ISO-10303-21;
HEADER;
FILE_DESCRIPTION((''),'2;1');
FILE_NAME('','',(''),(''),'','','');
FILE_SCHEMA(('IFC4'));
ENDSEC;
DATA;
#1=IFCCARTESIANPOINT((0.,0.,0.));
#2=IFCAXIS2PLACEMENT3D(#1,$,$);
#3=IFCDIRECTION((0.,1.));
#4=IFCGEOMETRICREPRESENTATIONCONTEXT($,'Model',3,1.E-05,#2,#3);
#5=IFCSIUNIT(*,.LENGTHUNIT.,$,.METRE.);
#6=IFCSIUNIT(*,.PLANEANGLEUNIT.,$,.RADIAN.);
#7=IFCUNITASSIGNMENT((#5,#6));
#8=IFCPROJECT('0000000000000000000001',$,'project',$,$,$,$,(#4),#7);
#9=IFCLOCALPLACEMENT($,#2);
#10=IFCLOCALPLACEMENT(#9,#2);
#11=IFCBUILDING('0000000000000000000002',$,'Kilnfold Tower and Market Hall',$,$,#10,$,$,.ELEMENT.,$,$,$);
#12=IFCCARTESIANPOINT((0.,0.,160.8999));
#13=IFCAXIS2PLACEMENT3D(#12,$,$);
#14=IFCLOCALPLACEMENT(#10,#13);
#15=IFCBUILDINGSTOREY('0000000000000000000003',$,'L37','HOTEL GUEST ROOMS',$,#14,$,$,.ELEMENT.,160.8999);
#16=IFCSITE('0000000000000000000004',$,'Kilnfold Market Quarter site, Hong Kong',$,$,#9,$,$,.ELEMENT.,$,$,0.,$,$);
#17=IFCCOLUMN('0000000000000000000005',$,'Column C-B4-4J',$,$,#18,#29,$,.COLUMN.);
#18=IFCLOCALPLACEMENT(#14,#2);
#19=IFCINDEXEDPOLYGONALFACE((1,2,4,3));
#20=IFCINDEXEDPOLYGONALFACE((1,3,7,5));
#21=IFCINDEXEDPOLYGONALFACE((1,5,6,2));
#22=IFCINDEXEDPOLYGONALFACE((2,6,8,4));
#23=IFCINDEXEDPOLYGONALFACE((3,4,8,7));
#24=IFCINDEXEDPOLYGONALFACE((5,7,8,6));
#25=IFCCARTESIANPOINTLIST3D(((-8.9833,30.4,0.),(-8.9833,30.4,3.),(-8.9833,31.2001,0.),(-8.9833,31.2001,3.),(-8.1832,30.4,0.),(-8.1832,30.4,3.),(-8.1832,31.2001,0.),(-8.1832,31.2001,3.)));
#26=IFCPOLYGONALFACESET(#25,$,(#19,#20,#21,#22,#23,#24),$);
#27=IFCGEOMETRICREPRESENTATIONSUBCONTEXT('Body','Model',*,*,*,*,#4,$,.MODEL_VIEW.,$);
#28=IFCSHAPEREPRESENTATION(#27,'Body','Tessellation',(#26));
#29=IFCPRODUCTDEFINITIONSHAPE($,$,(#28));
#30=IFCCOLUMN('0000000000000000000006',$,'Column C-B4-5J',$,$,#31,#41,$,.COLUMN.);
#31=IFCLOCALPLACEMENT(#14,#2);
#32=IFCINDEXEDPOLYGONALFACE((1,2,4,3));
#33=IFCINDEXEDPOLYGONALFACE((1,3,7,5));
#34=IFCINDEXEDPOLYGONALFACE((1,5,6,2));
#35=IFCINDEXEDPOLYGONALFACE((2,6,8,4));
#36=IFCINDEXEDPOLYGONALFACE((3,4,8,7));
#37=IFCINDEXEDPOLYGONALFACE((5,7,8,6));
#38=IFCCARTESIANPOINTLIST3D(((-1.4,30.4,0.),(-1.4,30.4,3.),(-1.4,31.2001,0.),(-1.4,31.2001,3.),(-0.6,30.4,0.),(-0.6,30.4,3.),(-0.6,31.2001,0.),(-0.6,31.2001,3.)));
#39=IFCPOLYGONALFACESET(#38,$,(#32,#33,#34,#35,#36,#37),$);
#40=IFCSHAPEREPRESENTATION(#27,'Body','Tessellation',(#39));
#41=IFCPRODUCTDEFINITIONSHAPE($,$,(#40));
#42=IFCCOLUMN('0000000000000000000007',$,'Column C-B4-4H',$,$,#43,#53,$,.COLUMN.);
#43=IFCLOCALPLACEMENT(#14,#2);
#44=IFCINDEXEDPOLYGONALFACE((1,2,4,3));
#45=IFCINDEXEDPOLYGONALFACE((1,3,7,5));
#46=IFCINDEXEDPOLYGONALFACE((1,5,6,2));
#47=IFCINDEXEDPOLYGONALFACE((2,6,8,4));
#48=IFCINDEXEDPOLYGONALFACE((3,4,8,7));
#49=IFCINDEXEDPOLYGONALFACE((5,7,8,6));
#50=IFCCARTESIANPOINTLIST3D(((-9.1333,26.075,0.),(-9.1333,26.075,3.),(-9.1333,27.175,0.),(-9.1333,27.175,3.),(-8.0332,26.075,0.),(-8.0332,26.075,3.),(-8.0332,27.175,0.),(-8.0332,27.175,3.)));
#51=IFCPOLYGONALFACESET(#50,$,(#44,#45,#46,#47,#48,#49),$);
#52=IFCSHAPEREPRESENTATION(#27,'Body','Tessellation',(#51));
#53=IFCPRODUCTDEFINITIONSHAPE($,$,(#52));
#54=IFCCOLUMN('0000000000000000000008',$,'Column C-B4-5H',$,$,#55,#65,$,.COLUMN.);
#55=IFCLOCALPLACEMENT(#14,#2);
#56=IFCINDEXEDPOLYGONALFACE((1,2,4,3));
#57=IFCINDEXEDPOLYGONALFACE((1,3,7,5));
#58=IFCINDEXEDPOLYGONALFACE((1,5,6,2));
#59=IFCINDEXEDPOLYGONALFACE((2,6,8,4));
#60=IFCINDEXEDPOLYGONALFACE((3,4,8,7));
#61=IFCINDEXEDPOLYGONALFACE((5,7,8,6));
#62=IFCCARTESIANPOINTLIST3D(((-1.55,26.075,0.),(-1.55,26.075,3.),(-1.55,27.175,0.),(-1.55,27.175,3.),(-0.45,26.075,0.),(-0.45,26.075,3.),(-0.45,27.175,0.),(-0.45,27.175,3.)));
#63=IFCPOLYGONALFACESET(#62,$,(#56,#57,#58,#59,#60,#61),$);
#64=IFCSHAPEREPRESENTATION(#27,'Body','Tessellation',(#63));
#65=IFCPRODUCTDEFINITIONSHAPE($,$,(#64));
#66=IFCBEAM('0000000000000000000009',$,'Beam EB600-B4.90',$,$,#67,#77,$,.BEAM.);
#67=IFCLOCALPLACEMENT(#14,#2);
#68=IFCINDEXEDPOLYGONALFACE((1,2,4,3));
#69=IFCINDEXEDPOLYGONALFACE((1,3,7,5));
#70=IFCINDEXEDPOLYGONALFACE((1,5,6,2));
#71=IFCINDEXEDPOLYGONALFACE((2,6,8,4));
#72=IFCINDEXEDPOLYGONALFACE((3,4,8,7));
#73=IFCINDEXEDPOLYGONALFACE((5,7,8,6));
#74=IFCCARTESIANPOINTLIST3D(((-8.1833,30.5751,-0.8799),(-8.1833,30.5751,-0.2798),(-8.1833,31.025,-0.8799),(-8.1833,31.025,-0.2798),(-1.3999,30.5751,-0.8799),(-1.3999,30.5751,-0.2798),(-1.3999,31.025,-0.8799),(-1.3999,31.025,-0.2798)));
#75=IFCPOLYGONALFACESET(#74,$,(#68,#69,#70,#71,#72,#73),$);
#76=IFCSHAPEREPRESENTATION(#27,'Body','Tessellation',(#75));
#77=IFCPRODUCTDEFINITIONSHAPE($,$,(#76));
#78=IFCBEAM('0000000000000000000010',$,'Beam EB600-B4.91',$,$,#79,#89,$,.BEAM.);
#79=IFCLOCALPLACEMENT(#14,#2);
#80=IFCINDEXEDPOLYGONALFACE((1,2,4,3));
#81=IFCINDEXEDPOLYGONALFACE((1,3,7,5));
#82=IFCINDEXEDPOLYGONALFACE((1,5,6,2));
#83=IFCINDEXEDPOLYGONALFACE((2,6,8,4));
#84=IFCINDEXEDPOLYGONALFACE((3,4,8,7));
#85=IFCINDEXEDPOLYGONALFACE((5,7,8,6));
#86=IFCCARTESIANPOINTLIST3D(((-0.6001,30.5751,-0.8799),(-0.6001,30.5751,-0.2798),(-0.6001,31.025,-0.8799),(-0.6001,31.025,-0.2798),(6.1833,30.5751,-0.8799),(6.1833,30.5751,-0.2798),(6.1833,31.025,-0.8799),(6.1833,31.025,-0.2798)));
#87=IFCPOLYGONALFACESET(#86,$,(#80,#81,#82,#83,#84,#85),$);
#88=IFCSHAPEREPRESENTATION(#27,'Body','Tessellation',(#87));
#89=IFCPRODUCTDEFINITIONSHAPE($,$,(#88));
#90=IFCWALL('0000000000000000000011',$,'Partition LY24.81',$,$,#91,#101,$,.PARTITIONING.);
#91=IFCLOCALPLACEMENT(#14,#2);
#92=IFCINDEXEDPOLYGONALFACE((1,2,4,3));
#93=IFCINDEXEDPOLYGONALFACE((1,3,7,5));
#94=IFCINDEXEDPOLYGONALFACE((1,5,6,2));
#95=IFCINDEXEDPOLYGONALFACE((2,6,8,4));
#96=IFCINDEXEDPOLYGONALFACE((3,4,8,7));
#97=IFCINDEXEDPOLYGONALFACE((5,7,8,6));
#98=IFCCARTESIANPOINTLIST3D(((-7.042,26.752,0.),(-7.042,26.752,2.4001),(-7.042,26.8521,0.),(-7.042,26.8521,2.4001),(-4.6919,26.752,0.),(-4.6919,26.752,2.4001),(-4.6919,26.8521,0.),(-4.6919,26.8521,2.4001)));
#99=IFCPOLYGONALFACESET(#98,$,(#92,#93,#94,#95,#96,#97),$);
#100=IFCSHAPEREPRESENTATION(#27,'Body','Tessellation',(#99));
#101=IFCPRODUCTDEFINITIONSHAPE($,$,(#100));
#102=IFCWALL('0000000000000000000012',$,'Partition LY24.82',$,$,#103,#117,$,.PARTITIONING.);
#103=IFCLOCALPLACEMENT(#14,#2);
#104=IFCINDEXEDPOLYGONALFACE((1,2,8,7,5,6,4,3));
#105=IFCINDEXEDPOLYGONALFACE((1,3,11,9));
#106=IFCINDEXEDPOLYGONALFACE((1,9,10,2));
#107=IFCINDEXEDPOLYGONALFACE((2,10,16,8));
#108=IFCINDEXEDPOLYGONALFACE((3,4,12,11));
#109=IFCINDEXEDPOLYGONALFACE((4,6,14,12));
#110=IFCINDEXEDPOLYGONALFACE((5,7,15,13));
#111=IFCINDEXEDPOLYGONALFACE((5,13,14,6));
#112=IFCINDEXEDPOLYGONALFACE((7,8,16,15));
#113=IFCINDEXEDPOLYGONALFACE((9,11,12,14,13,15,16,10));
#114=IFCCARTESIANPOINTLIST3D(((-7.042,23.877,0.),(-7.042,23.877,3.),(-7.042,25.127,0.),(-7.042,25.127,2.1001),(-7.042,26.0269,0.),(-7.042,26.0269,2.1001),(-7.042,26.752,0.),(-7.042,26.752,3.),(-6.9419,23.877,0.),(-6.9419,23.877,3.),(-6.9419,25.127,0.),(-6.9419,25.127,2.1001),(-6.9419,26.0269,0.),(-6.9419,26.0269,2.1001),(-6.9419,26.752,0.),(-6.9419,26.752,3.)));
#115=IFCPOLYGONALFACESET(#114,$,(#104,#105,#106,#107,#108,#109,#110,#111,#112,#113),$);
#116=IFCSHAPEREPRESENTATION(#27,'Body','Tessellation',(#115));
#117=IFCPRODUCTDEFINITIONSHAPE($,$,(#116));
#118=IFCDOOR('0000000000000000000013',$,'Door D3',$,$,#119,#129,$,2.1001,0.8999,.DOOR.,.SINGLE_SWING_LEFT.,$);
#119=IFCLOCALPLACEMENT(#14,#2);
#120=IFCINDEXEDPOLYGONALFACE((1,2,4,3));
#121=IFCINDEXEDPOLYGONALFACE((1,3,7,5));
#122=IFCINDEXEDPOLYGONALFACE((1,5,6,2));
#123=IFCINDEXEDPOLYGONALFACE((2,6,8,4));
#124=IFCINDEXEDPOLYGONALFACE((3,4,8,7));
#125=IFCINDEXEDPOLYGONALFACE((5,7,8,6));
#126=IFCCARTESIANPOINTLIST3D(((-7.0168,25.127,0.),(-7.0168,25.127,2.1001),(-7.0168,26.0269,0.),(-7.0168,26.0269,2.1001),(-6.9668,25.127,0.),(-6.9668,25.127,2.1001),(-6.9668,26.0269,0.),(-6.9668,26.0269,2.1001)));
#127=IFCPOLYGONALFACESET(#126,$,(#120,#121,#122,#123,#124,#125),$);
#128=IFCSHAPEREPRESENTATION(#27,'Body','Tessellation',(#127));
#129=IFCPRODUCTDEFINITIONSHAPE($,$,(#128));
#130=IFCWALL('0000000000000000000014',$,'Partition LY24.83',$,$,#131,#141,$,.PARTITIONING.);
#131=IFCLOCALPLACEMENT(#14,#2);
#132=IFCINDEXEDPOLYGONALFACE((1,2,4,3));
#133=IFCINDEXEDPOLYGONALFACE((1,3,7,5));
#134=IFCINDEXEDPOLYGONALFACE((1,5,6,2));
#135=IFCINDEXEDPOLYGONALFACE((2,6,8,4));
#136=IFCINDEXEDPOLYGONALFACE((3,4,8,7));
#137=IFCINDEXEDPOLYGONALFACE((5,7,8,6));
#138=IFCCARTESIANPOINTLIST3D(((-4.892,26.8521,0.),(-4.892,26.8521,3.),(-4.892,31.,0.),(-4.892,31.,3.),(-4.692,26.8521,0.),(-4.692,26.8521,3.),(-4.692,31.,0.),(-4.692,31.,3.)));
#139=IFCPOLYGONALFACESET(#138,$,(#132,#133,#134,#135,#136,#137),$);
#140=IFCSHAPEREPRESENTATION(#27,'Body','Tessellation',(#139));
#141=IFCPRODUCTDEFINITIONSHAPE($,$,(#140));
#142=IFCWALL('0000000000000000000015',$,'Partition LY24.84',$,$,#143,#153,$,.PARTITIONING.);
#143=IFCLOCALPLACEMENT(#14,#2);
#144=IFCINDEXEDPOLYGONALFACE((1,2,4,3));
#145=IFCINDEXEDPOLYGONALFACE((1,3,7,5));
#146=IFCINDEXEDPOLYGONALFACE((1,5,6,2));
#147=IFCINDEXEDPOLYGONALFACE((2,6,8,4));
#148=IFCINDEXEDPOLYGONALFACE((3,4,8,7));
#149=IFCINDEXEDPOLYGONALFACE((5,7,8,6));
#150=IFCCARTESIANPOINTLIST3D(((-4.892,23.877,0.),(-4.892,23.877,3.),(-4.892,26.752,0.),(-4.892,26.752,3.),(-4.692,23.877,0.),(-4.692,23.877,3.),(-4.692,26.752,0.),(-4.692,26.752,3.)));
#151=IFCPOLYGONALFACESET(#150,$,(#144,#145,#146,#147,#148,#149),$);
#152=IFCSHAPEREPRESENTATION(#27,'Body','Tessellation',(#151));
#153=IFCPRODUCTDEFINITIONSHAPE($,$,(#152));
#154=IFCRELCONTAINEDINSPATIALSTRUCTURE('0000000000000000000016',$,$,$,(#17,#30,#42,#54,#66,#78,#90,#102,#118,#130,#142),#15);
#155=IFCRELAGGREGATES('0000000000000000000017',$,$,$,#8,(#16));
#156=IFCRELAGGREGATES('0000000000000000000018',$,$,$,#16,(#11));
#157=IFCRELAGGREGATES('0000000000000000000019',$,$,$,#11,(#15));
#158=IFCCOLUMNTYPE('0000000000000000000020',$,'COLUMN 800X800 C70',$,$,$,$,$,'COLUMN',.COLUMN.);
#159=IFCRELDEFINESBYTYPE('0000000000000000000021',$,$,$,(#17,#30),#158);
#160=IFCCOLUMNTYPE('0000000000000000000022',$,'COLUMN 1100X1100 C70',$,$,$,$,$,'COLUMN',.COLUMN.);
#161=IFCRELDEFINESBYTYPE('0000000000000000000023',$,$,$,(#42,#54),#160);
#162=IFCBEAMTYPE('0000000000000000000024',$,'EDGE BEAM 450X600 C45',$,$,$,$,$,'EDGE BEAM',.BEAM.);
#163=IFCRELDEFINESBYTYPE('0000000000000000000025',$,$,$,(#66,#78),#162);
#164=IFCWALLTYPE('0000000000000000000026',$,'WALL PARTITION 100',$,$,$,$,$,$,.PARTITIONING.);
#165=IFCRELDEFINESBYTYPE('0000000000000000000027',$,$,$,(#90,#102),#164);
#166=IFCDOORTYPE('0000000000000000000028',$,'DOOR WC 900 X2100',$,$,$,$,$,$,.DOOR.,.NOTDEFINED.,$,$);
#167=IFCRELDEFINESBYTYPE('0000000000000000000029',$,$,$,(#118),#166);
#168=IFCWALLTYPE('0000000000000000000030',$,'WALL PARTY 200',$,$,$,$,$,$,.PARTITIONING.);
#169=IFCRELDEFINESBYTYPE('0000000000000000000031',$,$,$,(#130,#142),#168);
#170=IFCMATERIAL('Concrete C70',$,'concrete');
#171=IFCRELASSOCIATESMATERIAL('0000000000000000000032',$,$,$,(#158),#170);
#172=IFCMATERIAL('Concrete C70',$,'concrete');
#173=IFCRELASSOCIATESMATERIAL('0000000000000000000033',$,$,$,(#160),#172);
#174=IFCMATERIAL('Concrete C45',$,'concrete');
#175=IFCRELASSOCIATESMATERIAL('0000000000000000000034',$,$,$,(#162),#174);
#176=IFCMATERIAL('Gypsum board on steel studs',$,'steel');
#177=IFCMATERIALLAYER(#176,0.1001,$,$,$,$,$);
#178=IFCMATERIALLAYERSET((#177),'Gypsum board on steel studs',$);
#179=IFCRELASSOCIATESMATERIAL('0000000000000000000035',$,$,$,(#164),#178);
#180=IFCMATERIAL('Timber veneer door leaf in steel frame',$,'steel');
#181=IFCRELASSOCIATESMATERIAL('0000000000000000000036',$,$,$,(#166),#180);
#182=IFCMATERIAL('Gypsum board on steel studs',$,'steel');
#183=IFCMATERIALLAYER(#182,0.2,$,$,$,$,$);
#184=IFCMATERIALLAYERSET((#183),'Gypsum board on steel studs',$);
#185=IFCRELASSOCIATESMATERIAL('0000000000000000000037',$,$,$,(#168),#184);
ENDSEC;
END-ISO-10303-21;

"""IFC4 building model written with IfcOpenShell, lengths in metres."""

from ifc_helpers import new_model, si_unit, direction, frame, frame_2d, origin, origin_2d, place, context, subcontext, project, spatial, rectangle, extrude, source, transform, mapped, material, layer, layer_set, material_profile, profile_set, type_object, element, fill, save


model = new_model("IFC4")

# Units and contexts
model_context = context("Model", 3, precision=1e-05, world=origin(), true_north=direction((0.0, 1.0)))
body_context = subcontext(model_context, "Body", "Model", "MODEL_VIEW")
ifc_project = project(units=[si_unit("LENGTHUNIT", "METRE"), si_unit("PLANEANGLEUNIT", "RADIAN")], contexts=[model_context])

# Site, building, storey
site_placement = place(None, origin())
site = spatial("IfcSite", under=ifc_project, at=site_placement, Name="Kilnfold Market Quarter site, Hong Kong", CompositionType="ELEMENT", RefElevation=0.0)
building_placement = place(site_placement, origin())
building = spatial("IfcBuilding", under=site, at=building_placement, Name="Kilnfold Tower and Market Hall", CompositionType="ELEMENT")
storey_placement = place(building_placement, frame((0.0, 0.0, 160.8999)))
storey = spatial("IfcBuildingStorey", under=building, at=storey_placement, Name="L37", Description="HOTEL GUEST ROOMS", CompositionType="ELEMENT", Elevation=160.8999)

# Columns
ifc_material_1 = material(Name="Concrete C70", Category="concrete")
ifc_material_profile_1 = material_profile(ifc_material_1, rectangle(XDim=0.8, YDim=0.8, at=origin_2d()), Name="RC 800x800")
ifc_profile_set_1 = profile_set([ifc_material_profile_1], Name="Concrete C70")
column_type_1 = type_object("IfcColumnType", Name="COLUMN 800X800 C70", ElementType="COLUMN", PredefinedType="COLUMN", material=ifc_profile_set_1)
shared_shape_1 = source(origin(), body_context, "Body", "SweptSolid", [
    extrude(rectangle(XDim=0.8, YDim=0.8, at=origin_2d()), origin(), (0.0, 0.0, 1.0), 3.0),
])
for number, where, z_axis, x_axis, name in (
    (1, (-8.5833, 30.8, 0.0), (0.0, 0.0, 1.0), (1.0, 0.0, 0.0), "Column C-B4-4J"),
    (2, (-1.0, 30.8, 0.0), (0.0, 0.0, 1.0), (1.0, 0.0, 0.0), "Column C-B4-5J"),
):
    element("IfcColumn", number, at=place(storey_placement, frame(where, z_axis=z_axis, x_axis=x_axis)), inside=storey, type_object=column_type_1, Name=name, PredefinedType="COLUMN", context=body_context, shape_type="MappedRepresentation", body=[
        mapped(shared_shape_1, transform((0.0, 0.0, 0.0))),
    ])
ifc_material_2 = material(Name="Concrete C70", Category="concrete")
ifc_material_profile_2 = material_profile(ifc_material_2, rectangle(XDim=1.1001, YDim=1.1001, at=origin_2d()), Name="RC 1100x1100")
ifc_profile_set_2 = profile_set([ifc_material_profile_2], Name="Concrete C70")
column_type_2 = type_object("IfcColumnType", Name="COLUMN 1100X1100 C70", ElementType="COLUMN", PredefinedType="COLUMN", material=ifc_profile_set_2)
shared_shape_2 = source(origin(), body_context, "Body", "SweptSolid", [
    extrude(rectangle(XDim=1.1001, YDim=1.1001, at=origin_2d()), origin(), (0.0, 0.0, 1.0), 3.0),
])
for number, where, z_axis, x_axis, name in (
    (3, (-8.5833, 26.625, 0.0), (0.0, 0.0, 1.0), (1.0, 0.0, 0.0), "Column C-B4-4H"),
    (4, (-1.0, 26.625, 0.0), (0.0, 0.0, 1.0), (1.0, 0.0, 0.0), "Column C-B4-5H"),
):
    element("IfcColumn", number, at=place(storey_placement, frame(where, z_axis=z_axis, x_axis=x_axis)), inside=storey, type_object=column_type_2, Name=name, PredefinedType="COLUMN", context=body_context, shape_type="MappedRepresentation", body=[
        mapped(shared_shape_2, transform((0.0, 0.0, 0.0))),
    ])

# Beams
ifc_material_3 = material(Name="Concrete C45", Category="concrete")
ifc_material_profile_3 = material_profile(ifc_material_3, rectangle(XDim=0.45, YDim=0.6001, at=origin_2d()), Name="RC 450x600")
ifc_profile_set_3 = profile_set([ifc_material_profile_3], Name="Concrete C45")
beam_type = type_object("IfcBeamType", Name="EDGE BEAM 450X600 C45", ElementType="EDGE BEAM", PredefinedType="BEAM", material=ifc_profile_set_3)
shared_shape_3 = source(origin(), body_context, "Body", "SweptSolid", [
    extrude(rectangle(XDim=0.45, YDim=0.6001, at=origin_2d()), origin(), (0.0, 0.0, 1.0), 6.7834),
])
for number, where, z_axis, x_axis, name in (
    (5, (-8.1833, 30.8, -0.5798), (1.0, 0.0, 0.0), (0.0, 1.0, 0.0), "Beam EB600-B4.90"),
    (6, (-0.6001, 30.8, -0.5798), (1.0, 0.0, 0.0), (0.0, 1.0, 0.0), "Beam EB600-B4.91"),
):
    element("IfcBeam", number, at=place(storey_placement, frame(where, z_axis=z_axis, x_axis=x_axis)), inside=storey, type_object=beam_type, Name=name, PredefinedType="BEAM", context=body_context, shape_type="MappedRepresentation", body=[
        mapped(shared_shape_3, transform((0.0, 0.0, 0.0))),
    ])

# Wall
ifc_material_4 = material(Name="Gypsum board on steel studs", Category="steel")
ifc_layer_1 = layer(ifc_material_4, 0.1001)
ifc_layer_set_1 = layer_set([ifc_layer_1], Name="Gypsum board on steel studs")
wall_type_1 = type_object("IfcWallType", Name="WALL PARTITION 100", PredefinedType="PARTITIONING", material=ifc_layer_set_1)
wall_1_placement = place(storey_placement, frame((-7.042, 26.802, 0.0), z_axis=(0.0, 0.0, 1.0), x_axis=(1.0, 0.0, 0.0)))
element("IfcWall", 7, at=wall_1_placement, inside=storey, type_object=wall_type_1, Name="Partition LY24.81", PredefinedType="PARTITIONING", context=body_context, shape_type="SweptSolid", body=[
    extrude(rectangle(XDim=2.3501, YDim=0.1001, at=frame_2d((1.175, 0.0))), origin(), (0.0, 0.0, 1.0), 2.4001),
])

# Wall, opening, door
wall_2_placement = place(storey_placement, frame((-6.9919, 23.877, 0.0), z_axis=(0.0, 0.0, 1.0), x_axis=(0.0, 1.0, 0.0)))
wall_2 = element("IfcWall", 8, at=wall_2_placement, inside=storey, type_object=wall_type_1, Name="Partition LY24.82", PredefinedType="PARTITIONING", context=body_context, shape_type="SweptSolid", body=[
    extrude(rectangle(XDim=2.875, YDim=0.1001, at=frame_2d((1.4375, 0.0))), origin(), (0.0, 0.0, 1.0), 3.0),
])
opening_1_placement = place(wall_2_placement, frame((1.25, 0.0, 0.0)))
opening_1 = element("IfcOpeningElement", 9, at=opening_1_placement, cuts=wall_2, PredefinedType="OPENING", context=body_context, shape_type="SweptSolid", body=[
    extrude(rectangle(XDim=0.8999, YDim=2.1001, at=frame_2d((0.45, 1.05))), frame((0.0, 0.0601, 0.0), z_axis=(0.0, -1.0, 0.0), x_axis=(1.0, 0.0, 0.0)), (0.0, 0.0, 1.0), 0.1201),
])
ifc_material_5 = material(Name="Timber veneer door leaf in steel frame", Category="steel")
door_type = type_object("IfcDoorType", Name="DOOR WC 900 X2100", OperationType="NOTDEFINED", PredefinedType="DOOR", material=ifc_material_5)
door_placement = place(opening_1_placement, origin())
door = element("IfcDoor", 10, at=door_placement, inside=storey, type_object=door_type, Name="Door D3", OperationType="SINGLE_SWING_LEFT", OverallHeight=2.1001, OverallWidth=0.8999, PredefinedType="DOOR", context=body_context, shape_type="SweptSolid", body=[
    extrude(rectangle(XDim=0.8999, YDim=2.1001, at=frame_2d((0.45, 1.05))), frame((0.0, 0.0249, 0.0), z_axis=(0.0, -1.0, 0.0), x_axis=(1.0, 0.0, 0.0)), (0.0, 0.0, 1.0), 0.05),
])
fill(opening_1, door)

# Walls
ifc_material_6 = material(Name="Gypsum board on steel studs", Category="steel")
ifc_layer_2 = layer(ifc_material_6, 0.2)
ifc_layer_set_2 = layer_set([ifc_layer_2], Name="Gypsum board on steel studs")
wall_type_2 = type_object("IfcWallType", Name="WALL PARTY 200", PredefinedType="PARTITIONING", material=ifc_layer_set_2)
wall_3_placement = place(storey_placement, frame((-4.792, 26.8521, 0.0), z_axis=(0.0, 0.0, 1.0), x_axis=(0.0, 1.0, 0.0)))
element("IfcWall", 11, at=wall_3_placement, inside=storey, type_object=wall_type_2, Name="Partition LY24.83", PredefinedType="PARTITIONING", context=body_context, shape_type="SweptSolid", body=[
    extrude(rectangle(XDim=4.1479, YDim=0.2, at=frame_2d((2.074, 0.0))), origin(), (0.0, 0.0, 1.0), 3.0),
])
wall_4_placement = place(storey_placement, frame((-4.792, 23.877, 0.0), z_axis=(0.0, 0.0, 1.0), x_axis=(0.0, 1.0, 0.0)))
element("IfcWall", 12, at=wall_4_placement, inside=storey, type_object=wall_type_2, Name="Partition LY24.84", PredefinedType="PARTITIONING", context=body_context, shape_type="SweptSolid", body=[
    extrude(rectangle(XDim=2.875, YDim=0.2, at=frame_2d((1.4375, 0.0))), origin(), (0.0, 0.0, 1.0), 3.0),
])

save(model, "model.ifc")
